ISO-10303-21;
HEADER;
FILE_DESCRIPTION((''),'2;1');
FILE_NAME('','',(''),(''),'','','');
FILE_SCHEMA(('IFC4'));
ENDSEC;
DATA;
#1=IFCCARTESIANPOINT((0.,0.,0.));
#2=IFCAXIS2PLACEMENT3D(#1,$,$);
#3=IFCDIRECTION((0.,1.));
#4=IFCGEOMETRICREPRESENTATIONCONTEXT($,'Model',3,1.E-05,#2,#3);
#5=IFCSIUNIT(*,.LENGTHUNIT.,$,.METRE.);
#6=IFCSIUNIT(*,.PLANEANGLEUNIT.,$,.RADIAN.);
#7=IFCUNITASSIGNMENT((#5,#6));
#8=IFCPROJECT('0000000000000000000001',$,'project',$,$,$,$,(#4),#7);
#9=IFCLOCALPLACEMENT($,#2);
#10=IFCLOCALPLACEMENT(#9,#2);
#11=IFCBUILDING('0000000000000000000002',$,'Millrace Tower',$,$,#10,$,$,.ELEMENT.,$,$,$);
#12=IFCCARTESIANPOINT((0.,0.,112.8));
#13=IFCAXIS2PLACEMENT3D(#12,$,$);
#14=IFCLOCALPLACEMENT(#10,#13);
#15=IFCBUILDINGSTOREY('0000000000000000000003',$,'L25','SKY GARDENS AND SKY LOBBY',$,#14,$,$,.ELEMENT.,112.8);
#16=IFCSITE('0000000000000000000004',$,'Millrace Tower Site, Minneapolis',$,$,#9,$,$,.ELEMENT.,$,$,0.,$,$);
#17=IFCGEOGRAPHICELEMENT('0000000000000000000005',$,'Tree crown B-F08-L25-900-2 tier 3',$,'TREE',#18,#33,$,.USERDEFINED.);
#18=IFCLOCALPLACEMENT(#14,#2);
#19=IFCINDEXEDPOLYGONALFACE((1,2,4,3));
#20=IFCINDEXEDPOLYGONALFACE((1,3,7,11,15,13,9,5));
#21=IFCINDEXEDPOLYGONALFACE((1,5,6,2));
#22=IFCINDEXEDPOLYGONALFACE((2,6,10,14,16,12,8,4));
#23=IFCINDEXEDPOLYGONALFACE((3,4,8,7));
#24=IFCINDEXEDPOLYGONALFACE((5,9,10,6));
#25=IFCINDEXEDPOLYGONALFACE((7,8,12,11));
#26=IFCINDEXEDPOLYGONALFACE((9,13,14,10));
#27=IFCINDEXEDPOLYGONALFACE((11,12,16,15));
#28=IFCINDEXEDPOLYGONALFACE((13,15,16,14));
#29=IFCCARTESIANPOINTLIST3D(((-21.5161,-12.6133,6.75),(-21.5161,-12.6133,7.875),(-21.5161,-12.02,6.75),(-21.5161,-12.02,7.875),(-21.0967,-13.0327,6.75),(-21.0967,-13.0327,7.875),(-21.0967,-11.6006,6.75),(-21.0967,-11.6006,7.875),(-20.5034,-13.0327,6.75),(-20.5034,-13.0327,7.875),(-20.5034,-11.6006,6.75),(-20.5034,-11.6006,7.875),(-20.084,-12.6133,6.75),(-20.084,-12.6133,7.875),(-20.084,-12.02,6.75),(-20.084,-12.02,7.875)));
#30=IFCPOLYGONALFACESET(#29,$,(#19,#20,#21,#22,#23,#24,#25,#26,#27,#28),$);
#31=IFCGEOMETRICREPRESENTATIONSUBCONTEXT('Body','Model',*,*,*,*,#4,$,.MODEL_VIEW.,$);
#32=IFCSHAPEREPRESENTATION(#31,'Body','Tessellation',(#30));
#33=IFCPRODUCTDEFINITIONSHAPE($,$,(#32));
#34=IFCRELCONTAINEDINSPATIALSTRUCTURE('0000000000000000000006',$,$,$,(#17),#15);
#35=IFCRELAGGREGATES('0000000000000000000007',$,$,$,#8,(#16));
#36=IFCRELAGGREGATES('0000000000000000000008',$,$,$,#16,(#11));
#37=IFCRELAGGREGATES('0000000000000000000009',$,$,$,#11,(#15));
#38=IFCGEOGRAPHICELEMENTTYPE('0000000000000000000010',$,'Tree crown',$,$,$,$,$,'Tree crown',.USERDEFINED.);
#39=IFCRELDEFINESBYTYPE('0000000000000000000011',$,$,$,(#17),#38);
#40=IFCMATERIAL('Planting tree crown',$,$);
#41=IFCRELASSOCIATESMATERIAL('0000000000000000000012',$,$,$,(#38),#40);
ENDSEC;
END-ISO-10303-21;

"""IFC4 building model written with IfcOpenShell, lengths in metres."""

from ifc_helpers import new_model, si_unit, direction, frame, origin, place, context, subcontext, project, spatial, polyline, outline, extrude, material, type_object, element, save


model = new_model("IFC4")

# Units and contexts
model_context = context("Model", 3, precision=1e-05, world=origin(), true_north=direction((0.0, 1.0)))
body_context = subcontext(model_context, "Body", "Model", "MODEL_VIEW")
ifc_project = project(units=[si_unit("LENGTHUNIT", "METRE"), si_unit("PLANEANGLEUNIT", "RADIAN")], contexts=[model_context])

# Site, building, storey
site_placement = place(None, origin())
site = spatial("IfcSite", under=ifc_project, at=site_placement, Name="Millrace Tower Site, Minneapolis", CompositionType="ELEMENT", RefElevation=0.0)
building_placement = place(site_placement, origin())
building = spatial("IfcBuilding", under=site, at=building_placement, Name="Millrace Tower", CompositionType="ELEMENT")
storey_placement = place(building_placement, frame((0.0, 0.0, 112.8)))
storey = spatial("IfcBuildingStorey", under=building, at=storey_placement, Name="L25", Description="SKY GARDENS AND SKY LOBBY", CompositionType="ELEMENT", Elevation=112.8)

# Geographic element
ifc_material_1 = material(Name="Planting tree crown")
geographic_element_type = type_object("IfcGeographicElementType", Name="Tree crown", ElementType="Tree crown", PredefinedType="USERDEFINED", material=ifc_material_1)
placement_1 = place(storey_placement, frame((0.0, 0.0, 6.75)))
element("IfcGeographicElement", 1, at=placement_1, inside=storey, type_object=geographic_element_type, Name="Tree crown B-F08-L25-900-2 tier 3", ObjectType="TREE", PredefinedType="USERDEFINED", context=body_context, shape_type="SweptSolid", body=[
    extrude(outline(polyline([(-20.084, -12.02), (-20.5034, -11.6006), (-21.0967, -11.6006), (-21.5161, -12.02), (-21.5161, -12.6133), (-21.0967, -13.0327), (-20.5034, -13.0327), (-20.084, -12.6133), (-20.084, -12.02)])), origin(), (0.0, 0.0, 1.0), 1.125),
])

save(model, "model.ifc")
